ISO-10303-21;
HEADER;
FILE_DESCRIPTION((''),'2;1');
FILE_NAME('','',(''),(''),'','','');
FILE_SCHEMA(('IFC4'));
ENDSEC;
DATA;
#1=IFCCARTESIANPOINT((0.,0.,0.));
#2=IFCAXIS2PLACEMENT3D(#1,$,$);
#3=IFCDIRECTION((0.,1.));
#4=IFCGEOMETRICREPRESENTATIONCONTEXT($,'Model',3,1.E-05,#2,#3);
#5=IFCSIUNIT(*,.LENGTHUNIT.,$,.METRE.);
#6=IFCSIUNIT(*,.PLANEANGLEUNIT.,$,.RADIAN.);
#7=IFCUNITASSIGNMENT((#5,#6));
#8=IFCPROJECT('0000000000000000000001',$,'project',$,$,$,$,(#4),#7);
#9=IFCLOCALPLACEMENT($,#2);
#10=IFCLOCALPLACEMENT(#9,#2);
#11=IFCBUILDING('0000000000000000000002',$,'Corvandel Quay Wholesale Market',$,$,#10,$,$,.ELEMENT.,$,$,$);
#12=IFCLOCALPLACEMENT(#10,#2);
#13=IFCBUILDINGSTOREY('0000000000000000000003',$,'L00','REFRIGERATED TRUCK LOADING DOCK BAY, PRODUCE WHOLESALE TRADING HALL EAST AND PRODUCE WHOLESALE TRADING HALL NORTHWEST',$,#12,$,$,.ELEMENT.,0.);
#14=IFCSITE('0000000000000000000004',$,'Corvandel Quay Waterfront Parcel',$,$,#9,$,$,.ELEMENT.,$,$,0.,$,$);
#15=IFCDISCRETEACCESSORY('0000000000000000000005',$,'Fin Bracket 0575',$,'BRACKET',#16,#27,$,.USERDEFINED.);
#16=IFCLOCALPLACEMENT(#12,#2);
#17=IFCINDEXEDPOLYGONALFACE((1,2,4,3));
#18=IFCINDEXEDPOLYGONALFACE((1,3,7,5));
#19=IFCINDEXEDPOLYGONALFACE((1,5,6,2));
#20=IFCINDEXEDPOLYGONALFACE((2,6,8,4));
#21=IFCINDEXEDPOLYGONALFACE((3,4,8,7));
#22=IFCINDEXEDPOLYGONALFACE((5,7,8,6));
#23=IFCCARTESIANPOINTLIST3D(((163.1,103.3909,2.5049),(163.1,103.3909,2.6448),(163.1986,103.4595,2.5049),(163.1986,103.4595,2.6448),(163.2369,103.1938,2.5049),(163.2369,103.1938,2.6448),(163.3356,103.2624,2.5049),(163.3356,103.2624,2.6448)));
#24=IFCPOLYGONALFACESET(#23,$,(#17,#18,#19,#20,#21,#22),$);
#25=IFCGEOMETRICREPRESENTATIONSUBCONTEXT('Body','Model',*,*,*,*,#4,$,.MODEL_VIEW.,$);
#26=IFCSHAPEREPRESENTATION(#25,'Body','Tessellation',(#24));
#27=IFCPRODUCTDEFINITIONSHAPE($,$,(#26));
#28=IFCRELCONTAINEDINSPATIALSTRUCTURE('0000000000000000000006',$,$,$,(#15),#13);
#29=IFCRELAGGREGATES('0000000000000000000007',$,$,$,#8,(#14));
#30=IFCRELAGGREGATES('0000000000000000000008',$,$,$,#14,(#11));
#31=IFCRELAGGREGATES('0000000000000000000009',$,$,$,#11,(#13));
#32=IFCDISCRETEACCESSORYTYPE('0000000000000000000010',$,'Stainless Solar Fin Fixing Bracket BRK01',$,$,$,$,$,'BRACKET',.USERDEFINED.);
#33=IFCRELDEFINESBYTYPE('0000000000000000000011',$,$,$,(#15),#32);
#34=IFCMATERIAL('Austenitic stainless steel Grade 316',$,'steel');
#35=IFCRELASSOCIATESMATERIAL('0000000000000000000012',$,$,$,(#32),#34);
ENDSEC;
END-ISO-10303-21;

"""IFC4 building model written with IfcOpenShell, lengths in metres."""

from ifc_helpers import new_model, si_unit, direction, frame, origin, origin_2d, place, context, subcontext, project, spatial, rectangle, extrude, material, type_object, element, save


model = new_model("IFC4")

# Units and contexts
model_context = context("Model", 3, precision=1e-05, world=origin(), true_north=direction((0.0, 1.0)))
body_context = subcontext(model_context, "Body", "Model", "MODEL_VIEW")
ifc_project = project(units=[si_unit("LENGTHUNIT", "METRE"), si_unit("PLANEANGLEUNIT", "RADIAN")], contexts=[model_context])

# Site, building, storey
site_placement = place(None, origin())
site = spatial("IfcSite", under=ifc_project, at=site_placement, Name="Corvandel Quay Waterfront Parcel", CompositionType="ELEMENT", RefElevation=0.0)
building_placement = place(site_placement, origin())
building = spatial("IfcBuilding", under=site, at=building_placement, Name="Corvandel Quay Wholesale Market", CompositionType="ELEMENT")
storey_placement = place(building_placement, origin())
storey = spatial("IfcBuildingStorey", under=building, at=storey_placement, Name="L00", Description="REFRIGERATED TRUCK LOADING DOCK BAY, PRODUCE WHOLESALE TRADING HALL EAST AND PRODUCE WHOLESALE TRADING HALL NORTHWEST", CompositionType="ELEMENT", Elevation=0.0)

# Discrete accessory
ifc_material_1 = material(Name="Austenitic stainless steel Grade 316", Category="steel")
discrete_accessory_type = type_object("IfcDiscreteAccessoryType", Name="Stainless Solar Fin Fixing Bracket BRK01", ElementType="BRACKET", PredefinedType="USERDEFINED", material=ifc_material_1)
for number, where, z_axis, x_axis, name in (
    (1, (163.2178, 103.3267, 2.5049), (0.0, 0.0, 1.0), (-0.57057, 0.821249, 0.0), "Fin Bracket 0575"),
):
    element("IfcDiscreteAccessory", number, at=place(storey_placement, frame(where, z_axis=z_axis, x_axis=x_axis)), inside=storey, type_object=discrete_accessory_type, Name=name, ObjectType="BRACKET", PredefinedType="USERDEFINED", context=body_context, shape_type="SweptSolid", body=[
        extrude(rectangle(XDim=0.24, YDim=0.1201, at=origin_2d()), origin(), (0.0, 0.0, 1.0), 0.1399),
    ])

save(model, "model.ifc")
